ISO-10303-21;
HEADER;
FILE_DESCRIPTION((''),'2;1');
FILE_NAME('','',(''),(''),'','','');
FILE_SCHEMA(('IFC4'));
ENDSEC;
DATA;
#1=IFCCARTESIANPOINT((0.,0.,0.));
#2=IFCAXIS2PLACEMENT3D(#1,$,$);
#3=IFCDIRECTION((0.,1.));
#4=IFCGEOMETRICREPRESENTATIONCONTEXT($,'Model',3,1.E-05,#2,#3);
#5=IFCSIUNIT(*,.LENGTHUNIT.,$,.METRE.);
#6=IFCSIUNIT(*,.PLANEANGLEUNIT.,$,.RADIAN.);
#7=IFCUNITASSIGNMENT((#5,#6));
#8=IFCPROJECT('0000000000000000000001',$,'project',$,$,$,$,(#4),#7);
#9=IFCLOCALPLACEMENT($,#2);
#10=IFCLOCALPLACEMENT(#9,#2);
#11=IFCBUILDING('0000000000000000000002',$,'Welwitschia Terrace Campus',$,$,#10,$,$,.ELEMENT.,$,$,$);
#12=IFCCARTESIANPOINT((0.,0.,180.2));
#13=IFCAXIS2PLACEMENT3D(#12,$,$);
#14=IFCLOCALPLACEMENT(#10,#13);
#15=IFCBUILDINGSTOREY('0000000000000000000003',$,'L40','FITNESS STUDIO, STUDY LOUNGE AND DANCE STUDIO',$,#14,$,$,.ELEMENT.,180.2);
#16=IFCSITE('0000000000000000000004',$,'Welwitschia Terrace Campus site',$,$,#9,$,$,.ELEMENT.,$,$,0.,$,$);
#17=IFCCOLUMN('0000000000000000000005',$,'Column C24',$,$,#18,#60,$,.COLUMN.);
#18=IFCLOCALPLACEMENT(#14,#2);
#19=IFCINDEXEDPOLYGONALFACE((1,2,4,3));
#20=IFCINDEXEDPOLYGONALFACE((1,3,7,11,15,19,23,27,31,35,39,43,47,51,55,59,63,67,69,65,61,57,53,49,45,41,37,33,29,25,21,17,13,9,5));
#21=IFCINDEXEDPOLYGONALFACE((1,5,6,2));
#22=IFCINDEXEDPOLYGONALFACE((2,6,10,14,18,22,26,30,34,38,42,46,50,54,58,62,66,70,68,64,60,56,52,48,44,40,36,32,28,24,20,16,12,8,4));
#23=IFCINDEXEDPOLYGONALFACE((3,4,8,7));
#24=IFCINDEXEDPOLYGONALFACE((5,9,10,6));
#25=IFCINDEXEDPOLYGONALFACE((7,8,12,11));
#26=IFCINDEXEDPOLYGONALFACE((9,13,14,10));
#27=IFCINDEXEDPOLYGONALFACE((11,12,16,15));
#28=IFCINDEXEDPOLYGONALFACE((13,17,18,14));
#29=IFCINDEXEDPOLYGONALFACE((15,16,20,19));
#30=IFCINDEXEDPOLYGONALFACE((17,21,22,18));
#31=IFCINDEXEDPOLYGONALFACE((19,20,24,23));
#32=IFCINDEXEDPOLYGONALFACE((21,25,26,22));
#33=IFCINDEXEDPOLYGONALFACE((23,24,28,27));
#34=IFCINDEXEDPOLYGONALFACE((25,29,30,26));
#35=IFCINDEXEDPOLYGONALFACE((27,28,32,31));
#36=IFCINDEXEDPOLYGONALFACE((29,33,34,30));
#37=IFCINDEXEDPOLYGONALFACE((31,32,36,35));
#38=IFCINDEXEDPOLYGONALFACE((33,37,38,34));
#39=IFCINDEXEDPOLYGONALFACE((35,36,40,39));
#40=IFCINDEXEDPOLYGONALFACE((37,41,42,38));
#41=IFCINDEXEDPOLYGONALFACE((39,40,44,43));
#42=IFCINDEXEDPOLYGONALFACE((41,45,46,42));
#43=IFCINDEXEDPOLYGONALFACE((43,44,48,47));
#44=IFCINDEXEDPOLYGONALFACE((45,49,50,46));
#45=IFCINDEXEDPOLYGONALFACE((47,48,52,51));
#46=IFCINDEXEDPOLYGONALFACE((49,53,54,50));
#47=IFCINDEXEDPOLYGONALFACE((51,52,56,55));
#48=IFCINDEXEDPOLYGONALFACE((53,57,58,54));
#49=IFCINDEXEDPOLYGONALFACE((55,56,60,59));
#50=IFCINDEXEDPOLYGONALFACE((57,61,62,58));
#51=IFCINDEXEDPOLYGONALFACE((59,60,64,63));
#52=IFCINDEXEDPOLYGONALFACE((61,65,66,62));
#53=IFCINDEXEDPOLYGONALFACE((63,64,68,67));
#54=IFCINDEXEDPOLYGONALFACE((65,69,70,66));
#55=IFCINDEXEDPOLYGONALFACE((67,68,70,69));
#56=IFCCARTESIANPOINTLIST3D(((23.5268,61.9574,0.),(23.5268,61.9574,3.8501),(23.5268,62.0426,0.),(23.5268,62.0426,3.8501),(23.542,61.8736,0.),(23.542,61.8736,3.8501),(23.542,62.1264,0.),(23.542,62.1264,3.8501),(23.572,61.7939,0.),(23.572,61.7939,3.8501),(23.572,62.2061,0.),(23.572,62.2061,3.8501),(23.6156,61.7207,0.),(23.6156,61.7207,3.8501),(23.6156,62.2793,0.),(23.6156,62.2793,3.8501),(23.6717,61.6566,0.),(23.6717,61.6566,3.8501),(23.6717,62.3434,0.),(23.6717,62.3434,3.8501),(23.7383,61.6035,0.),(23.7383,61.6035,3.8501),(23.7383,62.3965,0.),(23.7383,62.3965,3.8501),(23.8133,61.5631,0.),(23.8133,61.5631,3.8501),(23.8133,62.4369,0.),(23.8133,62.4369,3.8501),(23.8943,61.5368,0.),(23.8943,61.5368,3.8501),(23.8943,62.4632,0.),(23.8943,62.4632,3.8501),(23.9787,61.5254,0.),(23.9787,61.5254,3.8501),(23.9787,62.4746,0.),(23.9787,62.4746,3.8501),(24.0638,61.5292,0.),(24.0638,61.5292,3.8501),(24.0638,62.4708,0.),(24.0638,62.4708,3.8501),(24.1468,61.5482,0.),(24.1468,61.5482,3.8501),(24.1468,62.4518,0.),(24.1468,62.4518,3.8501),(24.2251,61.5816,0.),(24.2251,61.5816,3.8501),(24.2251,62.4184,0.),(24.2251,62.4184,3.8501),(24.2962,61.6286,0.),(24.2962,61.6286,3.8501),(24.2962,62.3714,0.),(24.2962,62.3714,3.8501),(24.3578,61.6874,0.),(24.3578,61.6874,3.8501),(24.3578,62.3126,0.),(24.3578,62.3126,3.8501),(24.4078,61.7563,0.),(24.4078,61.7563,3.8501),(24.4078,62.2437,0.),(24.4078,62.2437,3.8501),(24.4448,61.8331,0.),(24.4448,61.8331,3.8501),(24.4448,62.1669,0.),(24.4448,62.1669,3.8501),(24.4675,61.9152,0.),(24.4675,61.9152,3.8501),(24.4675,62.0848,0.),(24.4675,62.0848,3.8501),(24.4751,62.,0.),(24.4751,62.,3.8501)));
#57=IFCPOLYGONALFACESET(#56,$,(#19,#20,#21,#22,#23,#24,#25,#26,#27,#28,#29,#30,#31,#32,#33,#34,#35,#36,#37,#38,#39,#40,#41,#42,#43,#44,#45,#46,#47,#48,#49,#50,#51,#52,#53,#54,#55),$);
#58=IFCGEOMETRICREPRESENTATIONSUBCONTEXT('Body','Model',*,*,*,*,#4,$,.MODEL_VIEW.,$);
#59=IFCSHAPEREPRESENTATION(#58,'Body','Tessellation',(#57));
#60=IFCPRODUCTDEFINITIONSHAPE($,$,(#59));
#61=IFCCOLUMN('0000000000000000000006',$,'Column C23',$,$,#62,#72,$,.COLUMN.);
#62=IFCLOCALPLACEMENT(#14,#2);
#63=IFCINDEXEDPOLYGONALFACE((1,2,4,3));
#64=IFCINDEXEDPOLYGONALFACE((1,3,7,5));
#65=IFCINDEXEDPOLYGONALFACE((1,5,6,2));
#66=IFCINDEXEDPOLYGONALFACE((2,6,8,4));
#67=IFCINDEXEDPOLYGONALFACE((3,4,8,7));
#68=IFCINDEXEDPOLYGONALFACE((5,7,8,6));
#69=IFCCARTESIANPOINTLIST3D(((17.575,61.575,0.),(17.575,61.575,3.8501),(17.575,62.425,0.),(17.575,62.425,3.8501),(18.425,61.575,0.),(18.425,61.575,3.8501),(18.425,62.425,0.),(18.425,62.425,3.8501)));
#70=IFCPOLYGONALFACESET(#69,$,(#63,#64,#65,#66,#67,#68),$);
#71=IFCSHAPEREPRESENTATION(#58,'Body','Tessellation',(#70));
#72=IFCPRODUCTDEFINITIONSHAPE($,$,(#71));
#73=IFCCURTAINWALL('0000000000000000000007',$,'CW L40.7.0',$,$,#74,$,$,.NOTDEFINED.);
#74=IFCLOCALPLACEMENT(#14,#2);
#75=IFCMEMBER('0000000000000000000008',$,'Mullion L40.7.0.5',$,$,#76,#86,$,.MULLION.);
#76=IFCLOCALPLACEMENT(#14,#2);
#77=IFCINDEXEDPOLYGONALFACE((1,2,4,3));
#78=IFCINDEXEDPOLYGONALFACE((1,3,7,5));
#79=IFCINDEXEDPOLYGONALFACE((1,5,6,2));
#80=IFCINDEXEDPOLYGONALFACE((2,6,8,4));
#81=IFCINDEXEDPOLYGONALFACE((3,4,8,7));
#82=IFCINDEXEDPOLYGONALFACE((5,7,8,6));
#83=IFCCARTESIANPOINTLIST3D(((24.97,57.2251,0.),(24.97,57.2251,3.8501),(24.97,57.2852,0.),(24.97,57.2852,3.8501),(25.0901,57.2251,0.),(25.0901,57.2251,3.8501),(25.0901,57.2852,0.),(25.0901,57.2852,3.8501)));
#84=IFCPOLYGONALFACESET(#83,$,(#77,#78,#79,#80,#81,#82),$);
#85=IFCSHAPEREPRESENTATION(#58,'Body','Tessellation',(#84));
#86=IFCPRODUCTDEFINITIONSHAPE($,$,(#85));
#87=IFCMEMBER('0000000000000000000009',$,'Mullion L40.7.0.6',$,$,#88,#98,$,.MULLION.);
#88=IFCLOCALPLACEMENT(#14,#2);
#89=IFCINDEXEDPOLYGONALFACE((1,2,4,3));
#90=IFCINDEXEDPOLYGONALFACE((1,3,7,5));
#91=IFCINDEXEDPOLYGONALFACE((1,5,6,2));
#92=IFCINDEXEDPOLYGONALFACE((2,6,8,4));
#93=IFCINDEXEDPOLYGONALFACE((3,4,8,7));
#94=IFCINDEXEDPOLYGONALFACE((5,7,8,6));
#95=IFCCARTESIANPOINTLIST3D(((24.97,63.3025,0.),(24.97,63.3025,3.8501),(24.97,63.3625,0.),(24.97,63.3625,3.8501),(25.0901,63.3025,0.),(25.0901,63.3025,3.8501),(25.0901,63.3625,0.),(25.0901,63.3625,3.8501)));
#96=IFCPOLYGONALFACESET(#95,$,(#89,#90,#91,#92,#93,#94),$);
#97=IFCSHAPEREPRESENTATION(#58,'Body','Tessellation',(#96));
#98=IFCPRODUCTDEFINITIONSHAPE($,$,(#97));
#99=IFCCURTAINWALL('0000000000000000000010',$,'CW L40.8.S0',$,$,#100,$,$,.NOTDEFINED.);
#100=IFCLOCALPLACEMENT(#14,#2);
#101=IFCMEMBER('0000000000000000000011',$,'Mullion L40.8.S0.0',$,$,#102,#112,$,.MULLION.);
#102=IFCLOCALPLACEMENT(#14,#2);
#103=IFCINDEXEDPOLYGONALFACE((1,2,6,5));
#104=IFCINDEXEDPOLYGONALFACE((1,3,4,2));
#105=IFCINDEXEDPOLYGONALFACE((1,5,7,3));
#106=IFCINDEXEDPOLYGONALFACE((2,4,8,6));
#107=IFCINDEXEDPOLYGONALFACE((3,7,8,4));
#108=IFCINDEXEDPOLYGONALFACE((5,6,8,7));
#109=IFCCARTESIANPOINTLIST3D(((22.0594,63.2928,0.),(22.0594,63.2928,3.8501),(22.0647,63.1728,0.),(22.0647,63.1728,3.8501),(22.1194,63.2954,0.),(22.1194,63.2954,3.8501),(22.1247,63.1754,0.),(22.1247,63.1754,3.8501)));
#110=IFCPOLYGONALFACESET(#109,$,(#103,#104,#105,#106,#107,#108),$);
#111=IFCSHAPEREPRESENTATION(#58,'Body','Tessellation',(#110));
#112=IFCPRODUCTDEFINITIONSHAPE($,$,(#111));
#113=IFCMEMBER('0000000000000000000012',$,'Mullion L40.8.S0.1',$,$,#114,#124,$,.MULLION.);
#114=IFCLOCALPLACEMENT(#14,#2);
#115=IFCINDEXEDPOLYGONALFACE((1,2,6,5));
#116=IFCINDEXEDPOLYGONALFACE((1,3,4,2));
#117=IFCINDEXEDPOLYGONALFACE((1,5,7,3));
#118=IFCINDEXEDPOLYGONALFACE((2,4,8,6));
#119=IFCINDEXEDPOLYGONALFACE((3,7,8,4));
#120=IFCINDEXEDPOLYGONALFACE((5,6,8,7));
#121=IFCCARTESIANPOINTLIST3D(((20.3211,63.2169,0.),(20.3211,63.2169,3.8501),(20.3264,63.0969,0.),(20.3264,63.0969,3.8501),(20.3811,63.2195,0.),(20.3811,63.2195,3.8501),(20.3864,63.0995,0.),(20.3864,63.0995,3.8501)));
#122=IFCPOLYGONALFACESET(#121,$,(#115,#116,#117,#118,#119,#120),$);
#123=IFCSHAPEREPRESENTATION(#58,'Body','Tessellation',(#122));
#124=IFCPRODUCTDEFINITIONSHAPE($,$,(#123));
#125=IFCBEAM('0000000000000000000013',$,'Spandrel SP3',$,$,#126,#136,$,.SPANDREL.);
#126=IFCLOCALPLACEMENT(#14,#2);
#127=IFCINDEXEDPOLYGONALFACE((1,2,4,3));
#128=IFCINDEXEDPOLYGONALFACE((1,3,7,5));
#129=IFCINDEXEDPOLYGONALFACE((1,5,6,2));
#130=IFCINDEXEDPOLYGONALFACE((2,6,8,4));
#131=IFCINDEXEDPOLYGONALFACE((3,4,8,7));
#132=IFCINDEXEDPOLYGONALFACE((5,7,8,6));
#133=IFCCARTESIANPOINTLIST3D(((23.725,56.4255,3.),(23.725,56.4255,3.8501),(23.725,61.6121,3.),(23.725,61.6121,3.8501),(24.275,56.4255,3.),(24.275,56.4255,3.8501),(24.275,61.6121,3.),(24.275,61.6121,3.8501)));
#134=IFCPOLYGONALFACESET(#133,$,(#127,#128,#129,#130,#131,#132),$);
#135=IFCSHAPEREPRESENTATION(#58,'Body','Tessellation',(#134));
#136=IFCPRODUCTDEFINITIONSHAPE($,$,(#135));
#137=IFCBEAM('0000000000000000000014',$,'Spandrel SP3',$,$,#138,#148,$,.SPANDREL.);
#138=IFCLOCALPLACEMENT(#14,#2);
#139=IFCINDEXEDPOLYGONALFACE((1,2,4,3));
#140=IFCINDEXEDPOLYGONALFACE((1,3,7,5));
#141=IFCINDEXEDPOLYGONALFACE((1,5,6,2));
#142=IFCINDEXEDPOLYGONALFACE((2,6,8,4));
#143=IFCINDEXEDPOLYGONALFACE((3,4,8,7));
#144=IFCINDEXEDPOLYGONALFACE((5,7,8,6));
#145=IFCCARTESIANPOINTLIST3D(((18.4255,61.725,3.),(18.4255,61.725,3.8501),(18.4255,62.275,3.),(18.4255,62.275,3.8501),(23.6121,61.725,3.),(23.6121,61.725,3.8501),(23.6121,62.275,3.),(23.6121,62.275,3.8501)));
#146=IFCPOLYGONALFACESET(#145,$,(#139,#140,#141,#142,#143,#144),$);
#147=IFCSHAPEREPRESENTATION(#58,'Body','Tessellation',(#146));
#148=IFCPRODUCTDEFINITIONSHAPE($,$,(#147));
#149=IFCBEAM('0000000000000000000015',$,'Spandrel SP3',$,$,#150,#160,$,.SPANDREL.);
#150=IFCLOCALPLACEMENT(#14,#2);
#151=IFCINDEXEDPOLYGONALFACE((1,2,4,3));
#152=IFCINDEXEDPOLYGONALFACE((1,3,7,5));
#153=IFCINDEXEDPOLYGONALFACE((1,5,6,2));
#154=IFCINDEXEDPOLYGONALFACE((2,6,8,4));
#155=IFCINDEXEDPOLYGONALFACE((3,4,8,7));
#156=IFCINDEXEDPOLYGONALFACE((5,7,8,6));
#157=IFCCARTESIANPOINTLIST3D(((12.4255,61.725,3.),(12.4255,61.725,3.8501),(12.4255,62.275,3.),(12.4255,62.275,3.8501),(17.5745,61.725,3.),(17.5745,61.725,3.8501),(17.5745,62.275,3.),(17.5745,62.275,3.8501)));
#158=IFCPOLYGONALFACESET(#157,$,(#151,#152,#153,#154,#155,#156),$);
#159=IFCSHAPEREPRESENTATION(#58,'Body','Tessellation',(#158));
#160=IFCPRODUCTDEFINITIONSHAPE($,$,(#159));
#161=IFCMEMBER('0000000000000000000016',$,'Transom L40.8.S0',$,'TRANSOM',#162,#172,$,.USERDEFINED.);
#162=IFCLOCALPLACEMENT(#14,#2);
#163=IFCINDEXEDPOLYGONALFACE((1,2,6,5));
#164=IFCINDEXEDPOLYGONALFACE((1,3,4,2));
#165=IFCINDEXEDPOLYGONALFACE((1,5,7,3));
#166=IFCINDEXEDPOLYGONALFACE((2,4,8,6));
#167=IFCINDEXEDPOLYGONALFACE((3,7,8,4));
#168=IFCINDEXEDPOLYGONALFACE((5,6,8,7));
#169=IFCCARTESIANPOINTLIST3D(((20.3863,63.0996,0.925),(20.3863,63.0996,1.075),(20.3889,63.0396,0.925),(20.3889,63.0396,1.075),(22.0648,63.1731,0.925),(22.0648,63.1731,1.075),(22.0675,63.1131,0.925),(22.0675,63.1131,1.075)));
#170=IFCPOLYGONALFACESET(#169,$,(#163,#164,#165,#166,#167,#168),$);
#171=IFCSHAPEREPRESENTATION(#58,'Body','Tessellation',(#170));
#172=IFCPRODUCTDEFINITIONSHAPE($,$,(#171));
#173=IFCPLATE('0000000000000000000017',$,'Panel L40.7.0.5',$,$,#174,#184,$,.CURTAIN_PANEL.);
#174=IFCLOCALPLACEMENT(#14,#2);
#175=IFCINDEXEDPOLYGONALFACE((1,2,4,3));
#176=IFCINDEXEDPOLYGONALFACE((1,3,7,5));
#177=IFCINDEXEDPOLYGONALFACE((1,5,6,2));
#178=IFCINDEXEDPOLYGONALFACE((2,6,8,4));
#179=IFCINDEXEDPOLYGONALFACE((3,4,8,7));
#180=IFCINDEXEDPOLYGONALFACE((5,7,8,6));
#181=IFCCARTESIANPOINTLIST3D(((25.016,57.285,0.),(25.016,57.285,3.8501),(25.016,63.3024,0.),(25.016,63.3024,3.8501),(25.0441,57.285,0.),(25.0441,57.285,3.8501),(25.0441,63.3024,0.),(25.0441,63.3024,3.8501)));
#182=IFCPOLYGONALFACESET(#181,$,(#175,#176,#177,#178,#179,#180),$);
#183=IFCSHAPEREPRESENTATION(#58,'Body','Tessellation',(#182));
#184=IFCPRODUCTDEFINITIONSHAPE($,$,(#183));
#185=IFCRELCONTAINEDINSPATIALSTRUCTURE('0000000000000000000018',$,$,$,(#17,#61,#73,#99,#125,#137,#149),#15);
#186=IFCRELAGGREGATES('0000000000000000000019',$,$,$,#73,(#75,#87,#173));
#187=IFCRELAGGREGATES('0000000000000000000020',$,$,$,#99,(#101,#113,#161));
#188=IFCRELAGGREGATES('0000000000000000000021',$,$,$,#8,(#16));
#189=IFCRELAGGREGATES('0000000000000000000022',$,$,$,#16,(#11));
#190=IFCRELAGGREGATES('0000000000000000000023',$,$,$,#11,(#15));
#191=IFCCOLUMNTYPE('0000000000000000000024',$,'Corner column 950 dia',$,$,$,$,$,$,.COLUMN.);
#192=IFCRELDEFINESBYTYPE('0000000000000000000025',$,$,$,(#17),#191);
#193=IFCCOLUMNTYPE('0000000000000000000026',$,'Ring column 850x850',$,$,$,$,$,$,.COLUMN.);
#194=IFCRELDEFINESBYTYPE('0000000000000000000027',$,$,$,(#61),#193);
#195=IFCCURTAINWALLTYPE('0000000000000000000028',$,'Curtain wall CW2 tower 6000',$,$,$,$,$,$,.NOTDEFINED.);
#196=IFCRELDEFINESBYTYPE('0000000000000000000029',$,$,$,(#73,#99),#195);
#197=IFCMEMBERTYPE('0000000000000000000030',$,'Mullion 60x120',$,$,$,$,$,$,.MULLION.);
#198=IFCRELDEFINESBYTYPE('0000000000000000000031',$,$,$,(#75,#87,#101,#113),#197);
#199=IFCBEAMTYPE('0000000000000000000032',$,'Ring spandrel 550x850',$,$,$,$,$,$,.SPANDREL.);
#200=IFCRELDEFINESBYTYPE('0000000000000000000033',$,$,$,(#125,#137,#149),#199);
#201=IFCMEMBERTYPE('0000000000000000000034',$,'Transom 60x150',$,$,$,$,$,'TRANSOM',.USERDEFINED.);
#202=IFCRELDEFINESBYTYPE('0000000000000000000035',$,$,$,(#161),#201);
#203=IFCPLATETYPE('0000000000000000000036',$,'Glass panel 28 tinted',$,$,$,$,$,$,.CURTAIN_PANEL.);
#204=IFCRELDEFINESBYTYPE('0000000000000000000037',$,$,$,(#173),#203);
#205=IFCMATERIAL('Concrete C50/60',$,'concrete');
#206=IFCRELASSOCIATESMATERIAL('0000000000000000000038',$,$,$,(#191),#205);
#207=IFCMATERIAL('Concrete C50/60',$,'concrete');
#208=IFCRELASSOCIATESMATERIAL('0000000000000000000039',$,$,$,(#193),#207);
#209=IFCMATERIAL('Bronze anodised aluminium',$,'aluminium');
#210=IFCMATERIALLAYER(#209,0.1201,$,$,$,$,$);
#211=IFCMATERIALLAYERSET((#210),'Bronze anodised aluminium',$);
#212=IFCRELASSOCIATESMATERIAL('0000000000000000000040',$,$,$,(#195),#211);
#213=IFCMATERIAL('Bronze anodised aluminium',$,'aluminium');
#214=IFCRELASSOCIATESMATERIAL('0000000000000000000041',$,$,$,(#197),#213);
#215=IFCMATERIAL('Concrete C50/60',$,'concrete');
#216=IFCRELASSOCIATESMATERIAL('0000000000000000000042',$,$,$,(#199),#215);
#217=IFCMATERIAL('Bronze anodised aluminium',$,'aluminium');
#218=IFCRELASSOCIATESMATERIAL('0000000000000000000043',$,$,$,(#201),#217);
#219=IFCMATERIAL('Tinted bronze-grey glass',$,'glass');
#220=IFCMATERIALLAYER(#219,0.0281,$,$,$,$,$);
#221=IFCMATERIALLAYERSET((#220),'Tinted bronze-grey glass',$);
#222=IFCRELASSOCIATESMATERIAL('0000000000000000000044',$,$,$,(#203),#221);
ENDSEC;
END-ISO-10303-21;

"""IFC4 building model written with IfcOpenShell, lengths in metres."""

from ifc_helpers import new_model, si_unit, direction, frame, origin, origin_2d, place, context, subcontext, project, spatial, rectangle, circle, extrude, material, layer, layer_set, material_profile, profile_set, type_object, element, aggregate, save


model = new_model("IFC4")

# Units and contexts
model_context = context("Model", 3, precision=1e-05, world=origin(), true_north=direction((0.0, 1.0)))
body_context = subcontext(model_context, "Body", "Model", "MODEL_VIEW")
ifc_project = project(units=[si_unit("LENGTHUNIT", "METRE"), si_unit("PLANEANGLEUNIT", "RADIAN")], contexts=[model_context])

# Site, building, storey
site_placement = place(None, origin())
site = spatial("IfcSite", under=ifc_project, at=site_placement, Name="Welwitschia Terrace Campus site", CompositionType="ELEMENT", RefElevation=0.0)
building_placement = place(site_placement, origin())
building = spatial("IfcBuilding", under=site, at=building_placement, Name="Welwitschia Terrace Campus", CompositionType="ELEMENT")
storey_placement = place(building_placement, frame((0.0, 0.0, 180.2)))
storey = spatial("IfcBuildingStorey", under=building, at=storey_placement, Name="L40", Description="FITNESS STUDIO, STUDY LOUNGE AND DANCE STUDIO", CompositionType="ELEMENT", Elevation=180.2)

# Columns
ifc_material_1 = material(Name="Concrete C50/60", Category="concrete")
ifc_material_profile_1 = material_profile(ifc_material_1, circle(Radius=0.4751, at=origin_2d()))
ifc_profile_set_1 = profile_set([ifc_material_profile_1], Name="Concrete C50/60")
column_type_1 = type_object("IfcColumnType", Name="Corner column 950 dia", PredefinedType="COLUMN", material=ifc_profile_set_1)
column_1_placement = place(storey_placement, frame((24.0, 62.0, 0.0), z_axis=(0.0, 0.0, 1.0), x_axis=(1.0, 0.0, 0.0)))
element("IfcColumn", 1, at=column_1_placement, inside=storey, type_object=column_type_1, Name="Column C24", PredefinedType="COLUMN", context=body_context, shape_type="SweptSolid", body=[
    extrude(circle(Radius=0.4751, at=origin_2d()), origin(), (0.0, 0.0, 1.0), 3.8501),
])
ifc_material_2 = material(Name="Concrete C50/60", Category="concrete")
ifc_material_profile_2 = material_profile(ifc_material_2, rectangle(XDim=0.8501, YDim=0.8501, at=origin_2d()))
ifc_profile_set_2 = profile_set([ifc_material_profile_2], Name="Concrete C50/60")
column_type_2 = type_object("IfcColumnType", Name="Ring column 850x850", PredefinedType="COLUMN", material=ifc_profile_set_2)
column_2_placement = place(storey_placement, frame((18.0, 62.0, 0.0), z_axis=(0.0, 0.0, 1.0), x_axis=(1.0, 0.0, 0.0)))
element("IfcColumn", 2, at=column_2_placement, inside=storey, type_object=column_type_2, Name="Column C23", PredefinedType="COLUMN", context=body_context, shape_type="SweptSolid", body=[
    extrude(rectangle(XDim=0.8501, YDim=0.8501, at=origin_2d()), origin(), (0.0, 0.0, 1.0), 3.8501),
])

# Curtain walls, members
ifc_material_3 = material(Name="Bronze anodised aluminium", Category="aluminium")
ifc_layer_1 = layer(ifc_material_3, 0.1201)
ifc_layer_set_1 = layer_set([ifc_layer_1], Name="Bronze anodised aluminium")
curtain_wall_type = type_object("IfcCurtainWallType", Name="Curtain wall CW2 tower 6000", PredefinedType="NOTDEFINED", material=ifc_layer_set_1)
curtain_wall_1_placement = place(storey_placement, origin())
curtain_wall_1 = element("IfcCurtainWall", 3, at=curtain_wall_1_placement, inside=storey, type_object=curtain_wall_type, Name="CW L40.7.0", PredefinedType="NOTDEFINED")
ifc_material_4 = material(Name="Bronze anodised aluminium", Category="aluminium")
ifc_material_profile_3 = material_profile(ifc_material_4, rectangle(XDim=0.1201, YDim=0.0601, at=origin_2d()))
ifc_profile_set_3 = profile_set([ifc_material_profile_3], Name="Bronze anodised aluminium")
member_type_1 = type_object("IfcMemberType", Name="Mullion 60x120", PredefinedType="MULLION", material=ifc_profile_set_3)
member_1_placement = place(storey_placement, frame((25.03, 57.2551, 0.0), z_axis=(0.0, 0.0, 1.0), x_axis=(-1.0, 0.0, 0.0)))
member_1 = element("IfcMember", 4, at=member_1_placement, type_object=member_type_1, Name="Mullion L40.7.0.5", PredefinedType="MULLION", context=body_context, shape_type="SweptSolid", body=[
    extrude(rectangle(XDim=0.1201, YDim=0.0601, at=origin_2d()), origin(), (0.0, 0.0, 1.0), 3.8501),
])
member_2_placement = place(storey_placement, frame((25.03, 63.3325, 0.0), z_axis=(0.0, 0.0, 1.0), x_axis=(-1.0, 0.0, 0.0)))
member_2 = element("IfcMember", 5, at=member_2_placement, type_object=member_type_1, Name="Mullion L40.7.0.6", PredefinedType="MULLION", context=body_context, shape_type="SweptSolid", body=[
    extrude(rectangle(XDim=0.1201, YDim=0.0601, at=origin_2d()), origin(), (0.0, 0.0, 1.0), 3.8501),
])
curtain_wall_2_placement = place(storey_placement, origin())
curtain_wall_2 = element("IfcCurtainWall", 6, at=curtain_wall_2_placement, inside=storey, type_object=curtain_wall_type, Name="CW L40.8.S0", PredefinedType="NOTDEFINED")
member_3_placement = place(storey_placement, frame((22.092, 63.2341, 0.0), z_axis=(0.0, 0.0, 1.0), x_axis=(0.043619, -0.999048, 0.0)))
member_3 = element("IfcMember", 7, at=member_3_placement, type_object=member_type_1, Name="Mullion L40.8.S0.0", PredefinedType="MULLION", context=body_context, shape_type="SweptSolid", body=[
    extrude(rectangle(XDim=0.1201, YDim=0.0601, at=origin_2d()), origin(), (0.0, 0.0, 1.0), 3.8501),
])
member_4_placement = place(storey_placement, frame((20.3538, 63.1582, 0.0), z_axis=(0.0, 0.0, 1.0), x_axis=(0.043619, -0.999048, 0.0)))
member_4 = element("IfcMember", 8, at=member_4_placement, type_object=member_type_1, Name="Mullion L40.8.S0.1", PredefinedType="MULLION", context=body_context, shape_type="SweptSolid", body=[
    extrude(rectangle(XDim=0.1201, YDim=0.0601, at=origin_2d()), origin(), (0.0, 0.0, 1.0), 3.8501),
])

# Beams
ifc_material_5 = material(Name="Concrete C50/60", Category="concrete")
ifc_material_profile_4 = material_profile(ifc_material_5, rectangle(XDim=0.55, YDim=0.8501, at=origin_2d()))
ifc_profile_set_4 = profile_set([ifc_material_profile_4], Name="Concrete C50/60")
beam_type = type_object("IfcBeamType", Name="Ring spandrel 550x850", PredefinedType="SPANDREL", material=ifc_profile_set_4)
for number, where, z_axis, x_axis, name in (
    (9, (24.0, 56.4255, 3.425), (0.0, 1.0, 0.0), (-1.0, 0.0, 0.0), "Spandrel SP3"),
    (10, (23.6121, 62.0, 3.425), (-1.0, 0.0, 0.0), (0.0, -1.0, 0.0), "Spandrel SP3"),
):
    element("IfcBeam", number, at=place(storey_placement, frame(where, z_axis=z_axis, x_axis=x_axis)), inside=storey, type_object=beam_type, Name=name, PredefinedType="SPANDREL", context=body_context, shape_type="SweptSolid", body=[
        extrude(rectangle(XDim=0.55, YDim=0.8501, at=origin_2d()), origin(), (0.0, 0.0, 1.0), 5.1865),
    ])
beam_placement = place(storey_placement, frame((17.5745, 62.0, 3.425), z_axis=(-1.0, 0.0, 0.0), x_axis=(0.0, -1.0, 0.0)))
element("IfcBeam", 11, at=beam_placement, inside=storey, type_object=beam_type, Name="Spandrel SP3", PredefinedType="SPANDREL", context=body_context, shape_type="SweptSolid", body=[
    extrude(rectangle(XDim=0.55, YDim=0.8501, at=origin_2d()), origin(), (0.0, 0.0, 1.0), 5.1489),
])

# Member
ifc_material_6 = material(Name="Bronze anodised aluminium", Category="aluminium")
ifc_material_profile_5 = material_profile(ifc_material_6, rectangle(XDim=0.0601, YDim=0.1499, at=origin_2d()))
ifc_profile_set_5 = profile_set([ifc_material_profile_5], Name="Bronze anodised aluminium")
member_type_2 = type_object("IfcMemberType", Name="Transom 60x150", ElementType="TRANSOM", PredefinedType="USERDEFINED", material=ifc_profile_set_5)
member_5_placement = place(storey_placement, frame((22.0662, 63.1431, 1.0), z_axis=(-0.999043, -0.04374, 0.0), x_axis=(0.04374, -0.999043, 0.0)))
member_5 = element("IfcMember", 12, at=member_5_placement, type_object=member_type_2, Name="Transom L40.8.S0", ObjectType="TRANSOM", PredefinedType="USERDEFINED", context=body_context, shape_type="SweptSolid", body=[
    extrude(rectangle(XDim=0.0601, YDim=0.1499, at=origin_2d()), origin(), (0.0, 0.0, 1.0), 1.6802),
])

# Plate
ifc_material_7 = material(Name="Tinted bronze-grey glass", Category="glass")
ifc_layer_2 = layer(ifc_material_7, 0.0281)
ifc_layer_set_2 = layer_set([ifc_layer_2], Name="Tinted bronze-grey glass")
plate_type = type_object("IfcPlateType", Name="Glass panel 28 tinted", PredefinedType="CURTAIN_PANEL", material=ifc_layer_set_2)
plate_1_placement = place(storey_placement, frame((25.03, 60.2937, 0.0), z_axis=(0.0, 0.0, 1.0), x_axis=(0.0, 1.0, 0.0)))
plate_1 = element("IfcPlate", 13, at=plate_1_placement, type_object=plate_type, Name="Panel L40.7.0.5", PredefinedType="CURTAIN_PANEL", context=body_context, shape_type="SweptSolid", body=[
    extrude(rectangle(XDim=6.0173, YDim=0.0281, at=origin_2d()), origin(), (0.0, 0.0, 1.0), 3.8501),
])
aggregate(curtain_wall_1, [member_1, member_2, plate_1])
aggregate(curtain_wall_2, [member_3, member_4, member_5])

save(model, "model.ifc")
